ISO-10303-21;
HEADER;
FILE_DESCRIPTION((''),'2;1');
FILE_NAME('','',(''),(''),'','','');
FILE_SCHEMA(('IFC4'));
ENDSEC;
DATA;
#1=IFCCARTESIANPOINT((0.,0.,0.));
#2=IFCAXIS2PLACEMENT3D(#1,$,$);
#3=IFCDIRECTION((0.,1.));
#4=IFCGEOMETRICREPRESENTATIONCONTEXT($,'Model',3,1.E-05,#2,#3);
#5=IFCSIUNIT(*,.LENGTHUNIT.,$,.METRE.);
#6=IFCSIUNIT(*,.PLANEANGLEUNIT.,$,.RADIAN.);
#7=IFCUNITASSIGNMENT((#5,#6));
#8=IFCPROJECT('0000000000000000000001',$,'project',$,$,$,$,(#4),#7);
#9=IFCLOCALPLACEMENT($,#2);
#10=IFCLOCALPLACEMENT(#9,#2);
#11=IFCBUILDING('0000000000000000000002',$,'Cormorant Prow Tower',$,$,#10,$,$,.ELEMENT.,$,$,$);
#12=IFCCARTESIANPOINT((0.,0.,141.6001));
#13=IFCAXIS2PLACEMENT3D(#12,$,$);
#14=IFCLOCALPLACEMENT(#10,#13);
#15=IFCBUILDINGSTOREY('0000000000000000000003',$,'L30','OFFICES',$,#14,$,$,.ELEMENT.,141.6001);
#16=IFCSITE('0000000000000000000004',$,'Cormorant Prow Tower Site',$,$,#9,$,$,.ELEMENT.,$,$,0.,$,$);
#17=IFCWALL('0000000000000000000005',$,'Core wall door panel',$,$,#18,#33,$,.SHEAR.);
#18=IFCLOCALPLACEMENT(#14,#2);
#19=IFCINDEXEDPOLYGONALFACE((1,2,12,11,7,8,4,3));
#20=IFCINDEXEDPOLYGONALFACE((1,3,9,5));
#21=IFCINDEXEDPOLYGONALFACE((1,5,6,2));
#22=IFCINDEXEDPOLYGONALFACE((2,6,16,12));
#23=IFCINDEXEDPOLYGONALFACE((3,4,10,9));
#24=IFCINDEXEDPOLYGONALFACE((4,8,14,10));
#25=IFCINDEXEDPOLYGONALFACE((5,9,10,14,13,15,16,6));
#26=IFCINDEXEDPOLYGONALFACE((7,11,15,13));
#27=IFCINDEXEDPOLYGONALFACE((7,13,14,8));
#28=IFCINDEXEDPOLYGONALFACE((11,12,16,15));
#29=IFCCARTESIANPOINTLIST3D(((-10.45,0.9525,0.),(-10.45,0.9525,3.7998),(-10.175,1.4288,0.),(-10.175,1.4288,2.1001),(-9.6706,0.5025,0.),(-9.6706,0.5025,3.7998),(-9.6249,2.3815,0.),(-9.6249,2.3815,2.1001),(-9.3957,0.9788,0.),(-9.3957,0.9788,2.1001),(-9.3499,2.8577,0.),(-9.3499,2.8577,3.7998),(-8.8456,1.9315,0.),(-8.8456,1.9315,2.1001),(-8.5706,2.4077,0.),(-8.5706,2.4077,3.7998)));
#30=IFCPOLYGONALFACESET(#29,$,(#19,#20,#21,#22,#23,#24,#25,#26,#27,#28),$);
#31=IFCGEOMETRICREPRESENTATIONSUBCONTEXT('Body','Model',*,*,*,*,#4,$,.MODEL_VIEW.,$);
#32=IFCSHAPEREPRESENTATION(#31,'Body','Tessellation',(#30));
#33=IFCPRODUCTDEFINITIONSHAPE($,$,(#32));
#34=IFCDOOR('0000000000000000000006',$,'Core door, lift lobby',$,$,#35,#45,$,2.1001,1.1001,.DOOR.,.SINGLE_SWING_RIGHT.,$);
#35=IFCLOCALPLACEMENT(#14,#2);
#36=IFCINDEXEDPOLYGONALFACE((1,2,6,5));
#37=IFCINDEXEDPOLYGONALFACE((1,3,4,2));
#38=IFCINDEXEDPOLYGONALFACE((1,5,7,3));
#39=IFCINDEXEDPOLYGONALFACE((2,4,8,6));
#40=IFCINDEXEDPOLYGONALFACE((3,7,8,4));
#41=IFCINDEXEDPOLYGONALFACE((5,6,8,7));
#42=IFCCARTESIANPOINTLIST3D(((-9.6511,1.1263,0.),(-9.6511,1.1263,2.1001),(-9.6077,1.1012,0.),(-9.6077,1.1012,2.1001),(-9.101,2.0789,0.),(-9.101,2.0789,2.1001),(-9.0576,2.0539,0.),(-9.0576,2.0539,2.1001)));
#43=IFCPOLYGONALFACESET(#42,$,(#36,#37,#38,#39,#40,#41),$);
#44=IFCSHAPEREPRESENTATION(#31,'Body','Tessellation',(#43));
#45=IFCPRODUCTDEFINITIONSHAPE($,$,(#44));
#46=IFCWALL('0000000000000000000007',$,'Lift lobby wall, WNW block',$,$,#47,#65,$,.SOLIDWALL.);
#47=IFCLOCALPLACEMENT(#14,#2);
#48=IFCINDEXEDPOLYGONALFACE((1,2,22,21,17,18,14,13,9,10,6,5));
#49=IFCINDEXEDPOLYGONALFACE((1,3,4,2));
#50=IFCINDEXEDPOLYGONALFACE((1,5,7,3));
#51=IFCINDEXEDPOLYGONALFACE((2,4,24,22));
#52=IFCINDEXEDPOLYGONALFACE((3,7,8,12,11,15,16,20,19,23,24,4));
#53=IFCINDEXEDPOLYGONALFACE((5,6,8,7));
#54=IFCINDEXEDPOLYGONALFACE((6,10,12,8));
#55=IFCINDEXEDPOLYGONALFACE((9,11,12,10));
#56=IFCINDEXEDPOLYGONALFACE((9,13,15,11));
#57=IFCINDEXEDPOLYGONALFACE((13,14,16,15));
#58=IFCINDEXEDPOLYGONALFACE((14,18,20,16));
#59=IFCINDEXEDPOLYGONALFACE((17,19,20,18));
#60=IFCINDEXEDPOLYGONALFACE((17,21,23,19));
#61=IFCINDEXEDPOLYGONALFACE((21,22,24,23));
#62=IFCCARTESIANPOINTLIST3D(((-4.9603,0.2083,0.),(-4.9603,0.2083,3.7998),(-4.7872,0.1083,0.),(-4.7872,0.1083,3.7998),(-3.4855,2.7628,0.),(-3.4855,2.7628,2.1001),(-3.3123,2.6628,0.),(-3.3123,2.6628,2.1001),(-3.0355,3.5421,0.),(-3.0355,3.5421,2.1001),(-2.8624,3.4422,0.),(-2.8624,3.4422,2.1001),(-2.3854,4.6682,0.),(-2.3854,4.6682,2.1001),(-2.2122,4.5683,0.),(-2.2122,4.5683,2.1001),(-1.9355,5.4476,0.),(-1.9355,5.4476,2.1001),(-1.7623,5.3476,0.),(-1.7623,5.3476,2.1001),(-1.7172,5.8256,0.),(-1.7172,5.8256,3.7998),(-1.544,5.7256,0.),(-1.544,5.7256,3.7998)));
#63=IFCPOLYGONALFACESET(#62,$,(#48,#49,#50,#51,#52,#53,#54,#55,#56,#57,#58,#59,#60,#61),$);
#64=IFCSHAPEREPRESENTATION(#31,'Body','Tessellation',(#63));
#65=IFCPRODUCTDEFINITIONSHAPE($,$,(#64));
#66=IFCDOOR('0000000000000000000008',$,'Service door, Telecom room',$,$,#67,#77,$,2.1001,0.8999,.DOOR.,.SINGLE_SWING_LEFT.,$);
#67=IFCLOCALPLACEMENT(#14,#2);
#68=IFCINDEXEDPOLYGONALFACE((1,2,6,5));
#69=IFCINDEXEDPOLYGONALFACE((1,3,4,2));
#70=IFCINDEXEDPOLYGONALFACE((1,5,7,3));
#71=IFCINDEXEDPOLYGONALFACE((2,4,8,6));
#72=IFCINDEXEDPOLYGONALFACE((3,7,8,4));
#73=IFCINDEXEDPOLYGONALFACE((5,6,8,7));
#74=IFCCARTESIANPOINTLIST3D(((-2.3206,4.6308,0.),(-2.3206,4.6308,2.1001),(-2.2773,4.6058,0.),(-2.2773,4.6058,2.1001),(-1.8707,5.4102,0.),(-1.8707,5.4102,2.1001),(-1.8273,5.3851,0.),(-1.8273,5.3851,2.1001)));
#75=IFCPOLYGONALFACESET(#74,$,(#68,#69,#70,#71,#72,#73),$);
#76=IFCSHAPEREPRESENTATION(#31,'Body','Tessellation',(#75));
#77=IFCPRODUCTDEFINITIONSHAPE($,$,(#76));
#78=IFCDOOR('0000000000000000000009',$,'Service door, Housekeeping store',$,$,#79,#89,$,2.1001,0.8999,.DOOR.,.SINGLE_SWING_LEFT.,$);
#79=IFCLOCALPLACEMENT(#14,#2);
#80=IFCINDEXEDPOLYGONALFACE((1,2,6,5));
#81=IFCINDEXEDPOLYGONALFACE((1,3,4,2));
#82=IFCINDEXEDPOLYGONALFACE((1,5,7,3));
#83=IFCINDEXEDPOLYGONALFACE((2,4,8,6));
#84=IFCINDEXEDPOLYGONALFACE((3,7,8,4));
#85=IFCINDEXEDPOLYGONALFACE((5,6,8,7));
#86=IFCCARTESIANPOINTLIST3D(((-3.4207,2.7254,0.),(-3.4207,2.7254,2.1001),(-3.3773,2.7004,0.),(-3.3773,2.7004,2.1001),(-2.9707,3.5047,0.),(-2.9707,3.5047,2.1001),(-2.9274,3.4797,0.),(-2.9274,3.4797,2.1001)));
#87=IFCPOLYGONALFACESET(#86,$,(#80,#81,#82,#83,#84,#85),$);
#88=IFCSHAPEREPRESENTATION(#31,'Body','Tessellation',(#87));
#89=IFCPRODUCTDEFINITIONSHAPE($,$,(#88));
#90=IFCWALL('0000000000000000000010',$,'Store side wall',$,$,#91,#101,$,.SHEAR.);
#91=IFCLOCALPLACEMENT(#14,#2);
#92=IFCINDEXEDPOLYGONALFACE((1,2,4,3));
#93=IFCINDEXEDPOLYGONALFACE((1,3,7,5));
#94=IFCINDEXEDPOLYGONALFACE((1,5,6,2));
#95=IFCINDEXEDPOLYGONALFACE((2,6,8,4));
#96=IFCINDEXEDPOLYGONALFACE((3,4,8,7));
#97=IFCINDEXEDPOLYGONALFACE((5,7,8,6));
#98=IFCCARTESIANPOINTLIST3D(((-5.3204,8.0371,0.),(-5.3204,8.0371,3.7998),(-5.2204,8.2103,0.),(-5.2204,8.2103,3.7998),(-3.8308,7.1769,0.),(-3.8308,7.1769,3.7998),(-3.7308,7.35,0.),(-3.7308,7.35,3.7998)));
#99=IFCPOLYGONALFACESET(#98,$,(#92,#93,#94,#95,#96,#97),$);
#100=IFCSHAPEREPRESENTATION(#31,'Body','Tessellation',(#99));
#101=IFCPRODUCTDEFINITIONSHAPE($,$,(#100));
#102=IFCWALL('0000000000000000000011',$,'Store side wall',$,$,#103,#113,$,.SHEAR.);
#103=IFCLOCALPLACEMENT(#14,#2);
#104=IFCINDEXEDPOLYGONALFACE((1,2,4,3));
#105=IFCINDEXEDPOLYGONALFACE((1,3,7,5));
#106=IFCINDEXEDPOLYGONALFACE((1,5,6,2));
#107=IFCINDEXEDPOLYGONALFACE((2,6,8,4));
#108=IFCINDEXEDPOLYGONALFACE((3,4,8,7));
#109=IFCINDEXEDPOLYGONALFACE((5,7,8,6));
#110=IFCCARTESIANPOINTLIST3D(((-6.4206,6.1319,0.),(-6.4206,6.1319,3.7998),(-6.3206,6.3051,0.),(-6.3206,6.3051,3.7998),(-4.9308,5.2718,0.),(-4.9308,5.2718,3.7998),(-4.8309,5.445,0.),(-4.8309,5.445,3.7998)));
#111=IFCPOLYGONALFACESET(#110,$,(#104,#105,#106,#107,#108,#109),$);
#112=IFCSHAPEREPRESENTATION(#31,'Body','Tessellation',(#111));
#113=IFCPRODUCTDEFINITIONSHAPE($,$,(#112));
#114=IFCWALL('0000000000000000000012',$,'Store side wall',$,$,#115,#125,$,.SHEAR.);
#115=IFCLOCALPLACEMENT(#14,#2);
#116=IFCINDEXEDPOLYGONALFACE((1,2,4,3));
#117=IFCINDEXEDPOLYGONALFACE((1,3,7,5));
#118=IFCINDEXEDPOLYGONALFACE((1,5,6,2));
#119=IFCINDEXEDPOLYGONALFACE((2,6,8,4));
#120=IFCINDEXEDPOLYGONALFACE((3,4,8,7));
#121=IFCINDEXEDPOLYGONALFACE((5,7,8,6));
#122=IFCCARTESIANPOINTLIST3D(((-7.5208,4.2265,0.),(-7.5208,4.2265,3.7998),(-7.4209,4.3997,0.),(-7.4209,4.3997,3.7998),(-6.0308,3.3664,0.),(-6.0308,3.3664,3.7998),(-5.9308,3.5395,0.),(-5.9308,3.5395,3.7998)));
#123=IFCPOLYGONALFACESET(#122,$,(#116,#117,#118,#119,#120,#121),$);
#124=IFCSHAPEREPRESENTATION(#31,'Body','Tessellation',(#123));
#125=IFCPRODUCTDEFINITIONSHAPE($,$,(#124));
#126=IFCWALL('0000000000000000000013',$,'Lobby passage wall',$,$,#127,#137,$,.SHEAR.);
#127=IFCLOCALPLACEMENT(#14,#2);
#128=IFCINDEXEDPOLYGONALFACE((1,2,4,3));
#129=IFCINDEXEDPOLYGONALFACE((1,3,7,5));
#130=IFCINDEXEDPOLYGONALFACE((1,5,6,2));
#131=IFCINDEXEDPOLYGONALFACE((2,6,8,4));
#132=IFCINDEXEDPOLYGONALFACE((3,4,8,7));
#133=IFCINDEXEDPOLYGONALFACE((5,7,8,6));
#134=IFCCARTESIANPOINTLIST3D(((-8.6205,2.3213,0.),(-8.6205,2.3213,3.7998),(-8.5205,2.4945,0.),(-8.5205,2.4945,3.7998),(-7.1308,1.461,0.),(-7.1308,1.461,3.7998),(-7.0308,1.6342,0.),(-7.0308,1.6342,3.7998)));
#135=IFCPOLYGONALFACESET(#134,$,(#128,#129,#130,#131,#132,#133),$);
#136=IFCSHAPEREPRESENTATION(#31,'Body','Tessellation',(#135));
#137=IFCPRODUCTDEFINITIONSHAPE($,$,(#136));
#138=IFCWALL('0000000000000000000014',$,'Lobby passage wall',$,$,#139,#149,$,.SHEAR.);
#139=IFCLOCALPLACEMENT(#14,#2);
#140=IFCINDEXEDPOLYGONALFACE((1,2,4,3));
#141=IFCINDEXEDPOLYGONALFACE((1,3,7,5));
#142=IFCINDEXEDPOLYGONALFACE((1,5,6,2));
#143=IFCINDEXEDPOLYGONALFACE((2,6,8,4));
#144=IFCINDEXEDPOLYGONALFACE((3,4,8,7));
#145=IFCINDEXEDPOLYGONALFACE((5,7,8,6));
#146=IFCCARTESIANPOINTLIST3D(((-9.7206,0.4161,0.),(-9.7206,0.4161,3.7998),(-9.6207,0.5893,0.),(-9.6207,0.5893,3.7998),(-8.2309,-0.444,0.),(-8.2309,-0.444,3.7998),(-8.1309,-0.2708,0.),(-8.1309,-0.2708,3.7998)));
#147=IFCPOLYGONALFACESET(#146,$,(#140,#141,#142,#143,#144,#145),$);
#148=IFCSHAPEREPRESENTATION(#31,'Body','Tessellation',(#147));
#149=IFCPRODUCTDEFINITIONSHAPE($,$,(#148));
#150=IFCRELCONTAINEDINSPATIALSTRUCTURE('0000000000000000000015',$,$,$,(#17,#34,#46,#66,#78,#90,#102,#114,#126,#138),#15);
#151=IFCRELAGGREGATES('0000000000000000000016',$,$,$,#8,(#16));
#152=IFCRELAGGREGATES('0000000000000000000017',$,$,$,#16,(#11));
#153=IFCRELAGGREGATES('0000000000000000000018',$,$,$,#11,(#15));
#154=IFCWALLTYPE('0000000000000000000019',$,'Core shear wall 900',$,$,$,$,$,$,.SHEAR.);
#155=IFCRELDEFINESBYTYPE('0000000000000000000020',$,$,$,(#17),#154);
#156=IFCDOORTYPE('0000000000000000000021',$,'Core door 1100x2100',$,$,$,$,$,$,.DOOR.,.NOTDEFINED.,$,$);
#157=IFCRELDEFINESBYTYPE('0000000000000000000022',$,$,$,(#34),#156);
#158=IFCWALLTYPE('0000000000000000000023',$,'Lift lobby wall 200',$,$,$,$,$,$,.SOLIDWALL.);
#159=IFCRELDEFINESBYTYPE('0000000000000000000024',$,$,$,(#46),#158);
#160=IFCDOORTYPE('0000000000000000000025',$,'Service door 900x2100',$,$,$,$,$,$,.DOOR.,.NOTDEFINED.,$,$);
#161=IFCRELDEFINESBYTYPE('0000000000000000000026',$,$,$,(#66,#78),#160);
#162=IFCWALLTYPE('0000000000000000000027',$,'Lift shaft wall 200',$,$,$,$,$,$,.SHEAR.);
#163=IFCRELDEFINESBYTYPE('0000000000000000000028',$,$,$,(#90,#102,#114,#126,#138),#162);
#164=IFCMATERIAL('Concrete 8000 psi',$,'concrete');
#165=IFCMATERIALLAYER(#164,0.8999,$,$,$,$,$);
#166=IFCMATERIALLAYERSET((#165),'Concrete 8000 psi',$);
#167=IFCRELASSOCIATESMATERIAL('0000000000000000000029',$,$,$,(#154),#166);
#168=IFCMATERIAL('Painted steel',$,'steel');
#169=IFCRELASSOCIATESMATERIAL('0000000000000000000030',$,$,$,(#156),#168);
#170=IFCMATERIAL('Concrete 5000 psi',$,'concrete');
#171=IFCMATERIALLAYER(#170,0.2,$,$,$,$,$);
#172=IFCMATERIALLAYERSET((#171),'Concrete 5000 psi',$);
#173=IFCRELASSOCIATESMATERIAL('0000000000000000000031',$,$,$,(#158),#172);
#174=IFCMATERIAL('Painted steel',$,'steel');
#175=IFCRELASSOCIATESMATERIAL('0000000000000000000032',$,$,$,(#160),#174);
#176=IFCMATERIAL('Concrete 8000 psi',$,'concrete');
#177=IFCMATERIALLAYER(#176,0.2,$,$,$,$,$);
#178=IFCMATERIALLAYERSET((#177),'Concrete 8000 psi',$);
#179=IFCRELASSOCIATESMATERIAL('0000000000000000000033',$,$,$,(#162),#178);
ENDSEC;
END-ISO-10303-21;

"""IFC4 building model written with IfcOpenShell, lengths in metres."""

from ifc_helpers import new_model, si_unit, direction, frame, frame_2d, origin, place, context, subcontext, project, spatial, rectangle, extrude, material, layer, layer_set, type_object, element, fill, save


model = new_model("IFC4")

# Units and contexts
model_context = context("Model", 3, precision=1e-05, world=origin(), true_north=direction((0.0, 1.0)))
body_context = subcontext(model_context, "Body", "Model", "MODEL_VIEW")
ifc_project = project(units=[si_unit("LENGTHUNIT", "METRE"), si_unit("PLANEANGLEUNIT", "RADIAN")], contexts=[model_context])

# Site, building, storey
site_placement = place(None, origin())
site = spatial("IfcSite", under=ifc_project, at=site_placement, Name="Cormorant Prow Tower Site", CompositionType="ELEMENT", RefElevation=0.0)
building_placement = place(site_placement, origin())
building = spatial("IfcBuilding", under=site, at=building_placement, Name="Cormorant Prow Tower", CompositionType="ELEMENT")
storey_placement = place(building_placement, frame((0.0, 0.0, 141.6001)))
storey = spatial("IfcBuildingStorey", under=building, at=storey_placement, Name="L30", Description="OFFICES", CompositionType="ELEMENT", Elevation=141.6001)

# Shared definitions
ifc_material_1 = material(Name="Concrete 8000 psi", Category="concrete")
ifc_layer_1 = layer(ifc_material_1, 0.8999)
ifc_layer_set_1 = layer_set([ifc_layer_1], Name="Concrete 8000 psi")
wall_type_1 = type_object("IfcWallType", Name="Core shear wall 900", PredefinedType="SHEAR", material=ifc_layer_set_1)

# Wall, opening, door
wall_1_placement = place(storey_placement, frame((-8.9602, 2.6328, 0.0), z_axis=(0.0, 0.0, 1.0), x_axis=(-0.50003, -0.866008, 0.0)))
wall_1 = element("IfcWall", 1, at=wall_1_placement, inside=storey, type_object=wall_type_1, Name="Core wall door panel", PredefinedType="SHEAR", context=body_context, shape_type="SweptSolid", body=[
    extrude(rectangle(XDim=2.2, YDim=0.8999, at=frame_2d((1.1001, 0.0))), origin(), (0.0, 0.0, 1.0), 3.7998),
])
opening_1_placement = place(wall_1_placement, frame((0.55, 0.0, 0.0)))
opening_1 = element("IfcOpeningElement", 2, at=opening_1_placement, cuts=wall_1, PredefinedType="OPENING", context=body_context, shape_type="SweptSolid", body=[
    extrude(rectangle(XDim=1.1001, YDim=2.1001, at=frame_2d((0.55, 1.05))), frame((0.0, 0.46, 0.0), z_axis=(0.0, -1.0, 0.0), x_axis=(1.0, 0.0, 0.0)), (0.0, 0.0, 1.0), 0.9199),
])
ifc_material_2 = material(Name="Painted steel", Category="steel")
door_type_1 = type_object("IfcDoorType", Name="Core door 1100x2100", OperationType="NOTDEFINED", PredefinedType="DOOR", material=ifc_material_2)
door_1_placement = place(opening_1_placement, origin())
door_1 = element("IfcDoor", 3, at=door_1_placement, inside=storey, type_object=door_type_1, Name="Core door, lift lobby", OperationType="SINGLE_SWING_RIGHT", OverallHeight=2.1001, OverallWidth=1.1001, PredefinedType="DOOR", context=body_context, shape_type="SweptSolid", body=[
    extrude(rectangle(XDim=1.1001, YDim=2.1001, at=frame_2d((0.55, 1.05))), frame((0.0, 0.2051, 0.0), z_axis=(0.0, -1.0, 0.0), x_axis=(1.0, 0.0, 0.0)), (0.0, 0.0, 1.0), 0.05),
])
fill(opening_1, door_1)

# Wall, openings, doors
ifc_material_3 = material(Name="Concrete 5000 psi", Category="concrete")
ifc_layer_2 = layer(ifc_material_3, 0.2)
ifc_layer_set_2 = layer_set([ifc_layer_2], Name="Concrete 5000 psi")
wall_type_2 = type_object("IfcWallType", Name="Lift lobby wall 200", PredefinedType="SOLIDWALL", material=ifc_layer_set_2)
wall_2_placement = place(storey_placement, frame((-1.6306, 5.7756, 0.0), z_axis=(0.0, 0.0, 1.0), x_axis=(-0.499993, -0.86603, 0.0)))
wall_2 = element("IfcWall", 4, at=wall_2_placement, inside=storey, type_object=wall_type_2, Name="Lift lobby wall, WNW block", PredefinedType="SOLIDWALL", context=body_context, shape_type="SweptSolid", body=[
    extrude(rectangle(XDim=6.4863, YDim=0.2, at=frame_2d((3.2432, 0.0))), origin(), (0.0, 0.0, 1.0), 3.7998),
])
opening_2_placement = place(wall_2_placement, frame((0.4365, 0.0, 0.0)))
opening_2 = element("IfcOpeningElement", 5, at=opening_2_placement, cuts=wall_2, PredefinedType="OPENING", context=body_context, shape_type="SweptSolid", body=[
    extrude(rectangle(XDim=0.8999, YDim=2.1001, at=frame_2d((0.45, 1.05))), frame((0.0, 0.1099, 0.0), z_axis=(0.0, -1.0, 0.0), x_axis=(1.0, 0.0, 0.0)), (0.0, 0.0, 1.0), 0.22),
])
opening_3_placement = place(wall_2_placement, frame((2.6367, 0.0, 0.0)))
opening_3 = element("IfcOpeningElement", 6, at=opening_3_placement, cuts=wall_2, PredefinedType="OPENING", context=body_context, shape_type="SweptSolid", body=[
    extrude(rectangle(XDim=0.8999, YDim=2.1001, at=frame_2d((0.45, 1.05))), frame((0.0, 0.1099, 0.0), z_axis=(0.0, -1.0, 0.0), x_axis=(1.0, 0.0, 0.0)), (0.0, 0.0, 1.0), 0.22),
])
ifc_material_4 = material(Name="Painted steel", Category="steel")
door_type_2 = type_object("IfcDoorType", Name="Service door 900x2100", OperationType="NOTDEFINED", PredefinedType="DOOR", material=ifc_material_4)
door_2_placement = place(opening_2_placement, origin())
door_2 = element("IfcDoor", 7, at=door_2_placement, inside=storey, type_object=door_type_2, Name="Service door, Telecom room", OperationType="SINGLE_SWING_LEFT", OverallHeight=2.1001, OverallWidth=0.8999, PredefinedType="DOOR", context=body_context, shape_type="SweptSolid", body=[
    extrude(rectangle(XDim=0.8999, YDim=2.1001, at=frame_2d((0.45, 1.05))), frame((0.0, 0.0249, 0.0), z_axis=(0.0, -1.0, 0.0), x_axis=(1.0, 0.0, 0.0)), (0.0, 0.0, 1.0), 0.05),
])
fill(opening_2, door_2)
door_3_placement = place(opening_3_placement, origin())
door_3 = element("IfcDoor", 8, at=door_3_placement, inside=storey, type_object=door_type_2, Name="Service door, Housekeeping store", OperationType="SINGLE_SWING_LEFT", OverallHeight=2.1001, OverallWidth=0.8999, PredefinedType="DOOR", context=body_context, shape_type="SweptSolid", body=[
    extrude(rectangle(XDim=0.8999, YDim=2.1001, at=frame_2d((0.45, 1.05))), frame((0.0, 0.0249, 0.0), z_axis=(0.0, -1.0, 0.0), x_axis=(1.0, 0.0, 0.0)), (0.0, 0.0, 1.0), 0.05),
])
fill(opening_3, door_3)

# Walls
ifc_material_5 = material(Name="Concrete 8000 psi", Category="concrete")
ifc_layer_3 = layer(ifc_material_5, 0.2)
ifc_layer_set_3 = layer_set([ifc_layer_3], Name="Concrete 8000 psi")
wall_type_3 = type_object("IfcWallType", Name="Lift shaft wall 200", PredefinedType="SHEAR", material=ifc_layer_set_3)
for number, where, z_axis, x_axis, name in (
    (9, (-3.7808, 7.2634, 0.0), (0.0, 0.0, 1.0), (-0.865963, 0.500107, 0.0), "Store side wall"),
    (10, (-4.8809, 5.3584, 0.0), (0.0, 0.0, 1.0), (-0.866025, 0.500001, 0.0), "Store side wall"),
):
    element("IfcWall", number, at=place(storey_placement, frame(where, z_axis=z_axis, x_axis=x_axis)), inside=storey, type_object=wall_type_3, Name=name, PredefinedType="SHEAR", context=body_context, shape_type="SweptSolid", body=[
        extrude(rectangle(XDim=1.7202, YDim=0.2, at=frame_2d((0.8601, 0.0))), origin(), (0.0, 0.0, 1.0), 3.7998),
    ])
wall_3_placement = place(storey_placement, frame((-5.9807, 3.4529, 0.0), z_axis=(0.0, 0.0, 1.0), x_axis=(-0.86606, 0.499939, 0.0)))
element("IfcWall", 11, at=wall_3_placement, inside=storey, type_object=wall_type_3, Name="Store side wall", PredefinedType="SHEAR", context=body_context, shape_type="SweptSolid", body=[
    extrude(rectangle(XDim=1.7205, YDim=0.2, at=frame_2d((0.8604, 0.0))), origin(), (0.0, 0.0, 1.0), 3.7998),
])
for number, where, z_axis, x_axis, name in (
    (12, (-7.0808, 1.5476, 0.0), (0.0, 0.0, 1.0), (-0.865963, 0.500107, 0.0), "Lobby passage wall"),
    (13, (-8.1809, -0.3574, 0.0), (0.0, 0.0, 1.0), (-0.866025, 0.500001, 0.0), "Lobby passage wall"),
):
    element("IfcWall", number, at=place(storey_placement, frame(where, z_axis=z_axis, x_axis=x_axis)), inside=storey, type_object=wall_type_3, Name=name, PredefinedType="SHEAR", context=body_context, shape_type="SweptSolid", body=[
        extrude(rectangle(XDim=1.7202, YDim=0.2, at=frame_2d((0.8601, 0.0))), origin(), (0.0, 0.0, 1.0), 3.7998),
    ])

save(model, "model.ifc")
